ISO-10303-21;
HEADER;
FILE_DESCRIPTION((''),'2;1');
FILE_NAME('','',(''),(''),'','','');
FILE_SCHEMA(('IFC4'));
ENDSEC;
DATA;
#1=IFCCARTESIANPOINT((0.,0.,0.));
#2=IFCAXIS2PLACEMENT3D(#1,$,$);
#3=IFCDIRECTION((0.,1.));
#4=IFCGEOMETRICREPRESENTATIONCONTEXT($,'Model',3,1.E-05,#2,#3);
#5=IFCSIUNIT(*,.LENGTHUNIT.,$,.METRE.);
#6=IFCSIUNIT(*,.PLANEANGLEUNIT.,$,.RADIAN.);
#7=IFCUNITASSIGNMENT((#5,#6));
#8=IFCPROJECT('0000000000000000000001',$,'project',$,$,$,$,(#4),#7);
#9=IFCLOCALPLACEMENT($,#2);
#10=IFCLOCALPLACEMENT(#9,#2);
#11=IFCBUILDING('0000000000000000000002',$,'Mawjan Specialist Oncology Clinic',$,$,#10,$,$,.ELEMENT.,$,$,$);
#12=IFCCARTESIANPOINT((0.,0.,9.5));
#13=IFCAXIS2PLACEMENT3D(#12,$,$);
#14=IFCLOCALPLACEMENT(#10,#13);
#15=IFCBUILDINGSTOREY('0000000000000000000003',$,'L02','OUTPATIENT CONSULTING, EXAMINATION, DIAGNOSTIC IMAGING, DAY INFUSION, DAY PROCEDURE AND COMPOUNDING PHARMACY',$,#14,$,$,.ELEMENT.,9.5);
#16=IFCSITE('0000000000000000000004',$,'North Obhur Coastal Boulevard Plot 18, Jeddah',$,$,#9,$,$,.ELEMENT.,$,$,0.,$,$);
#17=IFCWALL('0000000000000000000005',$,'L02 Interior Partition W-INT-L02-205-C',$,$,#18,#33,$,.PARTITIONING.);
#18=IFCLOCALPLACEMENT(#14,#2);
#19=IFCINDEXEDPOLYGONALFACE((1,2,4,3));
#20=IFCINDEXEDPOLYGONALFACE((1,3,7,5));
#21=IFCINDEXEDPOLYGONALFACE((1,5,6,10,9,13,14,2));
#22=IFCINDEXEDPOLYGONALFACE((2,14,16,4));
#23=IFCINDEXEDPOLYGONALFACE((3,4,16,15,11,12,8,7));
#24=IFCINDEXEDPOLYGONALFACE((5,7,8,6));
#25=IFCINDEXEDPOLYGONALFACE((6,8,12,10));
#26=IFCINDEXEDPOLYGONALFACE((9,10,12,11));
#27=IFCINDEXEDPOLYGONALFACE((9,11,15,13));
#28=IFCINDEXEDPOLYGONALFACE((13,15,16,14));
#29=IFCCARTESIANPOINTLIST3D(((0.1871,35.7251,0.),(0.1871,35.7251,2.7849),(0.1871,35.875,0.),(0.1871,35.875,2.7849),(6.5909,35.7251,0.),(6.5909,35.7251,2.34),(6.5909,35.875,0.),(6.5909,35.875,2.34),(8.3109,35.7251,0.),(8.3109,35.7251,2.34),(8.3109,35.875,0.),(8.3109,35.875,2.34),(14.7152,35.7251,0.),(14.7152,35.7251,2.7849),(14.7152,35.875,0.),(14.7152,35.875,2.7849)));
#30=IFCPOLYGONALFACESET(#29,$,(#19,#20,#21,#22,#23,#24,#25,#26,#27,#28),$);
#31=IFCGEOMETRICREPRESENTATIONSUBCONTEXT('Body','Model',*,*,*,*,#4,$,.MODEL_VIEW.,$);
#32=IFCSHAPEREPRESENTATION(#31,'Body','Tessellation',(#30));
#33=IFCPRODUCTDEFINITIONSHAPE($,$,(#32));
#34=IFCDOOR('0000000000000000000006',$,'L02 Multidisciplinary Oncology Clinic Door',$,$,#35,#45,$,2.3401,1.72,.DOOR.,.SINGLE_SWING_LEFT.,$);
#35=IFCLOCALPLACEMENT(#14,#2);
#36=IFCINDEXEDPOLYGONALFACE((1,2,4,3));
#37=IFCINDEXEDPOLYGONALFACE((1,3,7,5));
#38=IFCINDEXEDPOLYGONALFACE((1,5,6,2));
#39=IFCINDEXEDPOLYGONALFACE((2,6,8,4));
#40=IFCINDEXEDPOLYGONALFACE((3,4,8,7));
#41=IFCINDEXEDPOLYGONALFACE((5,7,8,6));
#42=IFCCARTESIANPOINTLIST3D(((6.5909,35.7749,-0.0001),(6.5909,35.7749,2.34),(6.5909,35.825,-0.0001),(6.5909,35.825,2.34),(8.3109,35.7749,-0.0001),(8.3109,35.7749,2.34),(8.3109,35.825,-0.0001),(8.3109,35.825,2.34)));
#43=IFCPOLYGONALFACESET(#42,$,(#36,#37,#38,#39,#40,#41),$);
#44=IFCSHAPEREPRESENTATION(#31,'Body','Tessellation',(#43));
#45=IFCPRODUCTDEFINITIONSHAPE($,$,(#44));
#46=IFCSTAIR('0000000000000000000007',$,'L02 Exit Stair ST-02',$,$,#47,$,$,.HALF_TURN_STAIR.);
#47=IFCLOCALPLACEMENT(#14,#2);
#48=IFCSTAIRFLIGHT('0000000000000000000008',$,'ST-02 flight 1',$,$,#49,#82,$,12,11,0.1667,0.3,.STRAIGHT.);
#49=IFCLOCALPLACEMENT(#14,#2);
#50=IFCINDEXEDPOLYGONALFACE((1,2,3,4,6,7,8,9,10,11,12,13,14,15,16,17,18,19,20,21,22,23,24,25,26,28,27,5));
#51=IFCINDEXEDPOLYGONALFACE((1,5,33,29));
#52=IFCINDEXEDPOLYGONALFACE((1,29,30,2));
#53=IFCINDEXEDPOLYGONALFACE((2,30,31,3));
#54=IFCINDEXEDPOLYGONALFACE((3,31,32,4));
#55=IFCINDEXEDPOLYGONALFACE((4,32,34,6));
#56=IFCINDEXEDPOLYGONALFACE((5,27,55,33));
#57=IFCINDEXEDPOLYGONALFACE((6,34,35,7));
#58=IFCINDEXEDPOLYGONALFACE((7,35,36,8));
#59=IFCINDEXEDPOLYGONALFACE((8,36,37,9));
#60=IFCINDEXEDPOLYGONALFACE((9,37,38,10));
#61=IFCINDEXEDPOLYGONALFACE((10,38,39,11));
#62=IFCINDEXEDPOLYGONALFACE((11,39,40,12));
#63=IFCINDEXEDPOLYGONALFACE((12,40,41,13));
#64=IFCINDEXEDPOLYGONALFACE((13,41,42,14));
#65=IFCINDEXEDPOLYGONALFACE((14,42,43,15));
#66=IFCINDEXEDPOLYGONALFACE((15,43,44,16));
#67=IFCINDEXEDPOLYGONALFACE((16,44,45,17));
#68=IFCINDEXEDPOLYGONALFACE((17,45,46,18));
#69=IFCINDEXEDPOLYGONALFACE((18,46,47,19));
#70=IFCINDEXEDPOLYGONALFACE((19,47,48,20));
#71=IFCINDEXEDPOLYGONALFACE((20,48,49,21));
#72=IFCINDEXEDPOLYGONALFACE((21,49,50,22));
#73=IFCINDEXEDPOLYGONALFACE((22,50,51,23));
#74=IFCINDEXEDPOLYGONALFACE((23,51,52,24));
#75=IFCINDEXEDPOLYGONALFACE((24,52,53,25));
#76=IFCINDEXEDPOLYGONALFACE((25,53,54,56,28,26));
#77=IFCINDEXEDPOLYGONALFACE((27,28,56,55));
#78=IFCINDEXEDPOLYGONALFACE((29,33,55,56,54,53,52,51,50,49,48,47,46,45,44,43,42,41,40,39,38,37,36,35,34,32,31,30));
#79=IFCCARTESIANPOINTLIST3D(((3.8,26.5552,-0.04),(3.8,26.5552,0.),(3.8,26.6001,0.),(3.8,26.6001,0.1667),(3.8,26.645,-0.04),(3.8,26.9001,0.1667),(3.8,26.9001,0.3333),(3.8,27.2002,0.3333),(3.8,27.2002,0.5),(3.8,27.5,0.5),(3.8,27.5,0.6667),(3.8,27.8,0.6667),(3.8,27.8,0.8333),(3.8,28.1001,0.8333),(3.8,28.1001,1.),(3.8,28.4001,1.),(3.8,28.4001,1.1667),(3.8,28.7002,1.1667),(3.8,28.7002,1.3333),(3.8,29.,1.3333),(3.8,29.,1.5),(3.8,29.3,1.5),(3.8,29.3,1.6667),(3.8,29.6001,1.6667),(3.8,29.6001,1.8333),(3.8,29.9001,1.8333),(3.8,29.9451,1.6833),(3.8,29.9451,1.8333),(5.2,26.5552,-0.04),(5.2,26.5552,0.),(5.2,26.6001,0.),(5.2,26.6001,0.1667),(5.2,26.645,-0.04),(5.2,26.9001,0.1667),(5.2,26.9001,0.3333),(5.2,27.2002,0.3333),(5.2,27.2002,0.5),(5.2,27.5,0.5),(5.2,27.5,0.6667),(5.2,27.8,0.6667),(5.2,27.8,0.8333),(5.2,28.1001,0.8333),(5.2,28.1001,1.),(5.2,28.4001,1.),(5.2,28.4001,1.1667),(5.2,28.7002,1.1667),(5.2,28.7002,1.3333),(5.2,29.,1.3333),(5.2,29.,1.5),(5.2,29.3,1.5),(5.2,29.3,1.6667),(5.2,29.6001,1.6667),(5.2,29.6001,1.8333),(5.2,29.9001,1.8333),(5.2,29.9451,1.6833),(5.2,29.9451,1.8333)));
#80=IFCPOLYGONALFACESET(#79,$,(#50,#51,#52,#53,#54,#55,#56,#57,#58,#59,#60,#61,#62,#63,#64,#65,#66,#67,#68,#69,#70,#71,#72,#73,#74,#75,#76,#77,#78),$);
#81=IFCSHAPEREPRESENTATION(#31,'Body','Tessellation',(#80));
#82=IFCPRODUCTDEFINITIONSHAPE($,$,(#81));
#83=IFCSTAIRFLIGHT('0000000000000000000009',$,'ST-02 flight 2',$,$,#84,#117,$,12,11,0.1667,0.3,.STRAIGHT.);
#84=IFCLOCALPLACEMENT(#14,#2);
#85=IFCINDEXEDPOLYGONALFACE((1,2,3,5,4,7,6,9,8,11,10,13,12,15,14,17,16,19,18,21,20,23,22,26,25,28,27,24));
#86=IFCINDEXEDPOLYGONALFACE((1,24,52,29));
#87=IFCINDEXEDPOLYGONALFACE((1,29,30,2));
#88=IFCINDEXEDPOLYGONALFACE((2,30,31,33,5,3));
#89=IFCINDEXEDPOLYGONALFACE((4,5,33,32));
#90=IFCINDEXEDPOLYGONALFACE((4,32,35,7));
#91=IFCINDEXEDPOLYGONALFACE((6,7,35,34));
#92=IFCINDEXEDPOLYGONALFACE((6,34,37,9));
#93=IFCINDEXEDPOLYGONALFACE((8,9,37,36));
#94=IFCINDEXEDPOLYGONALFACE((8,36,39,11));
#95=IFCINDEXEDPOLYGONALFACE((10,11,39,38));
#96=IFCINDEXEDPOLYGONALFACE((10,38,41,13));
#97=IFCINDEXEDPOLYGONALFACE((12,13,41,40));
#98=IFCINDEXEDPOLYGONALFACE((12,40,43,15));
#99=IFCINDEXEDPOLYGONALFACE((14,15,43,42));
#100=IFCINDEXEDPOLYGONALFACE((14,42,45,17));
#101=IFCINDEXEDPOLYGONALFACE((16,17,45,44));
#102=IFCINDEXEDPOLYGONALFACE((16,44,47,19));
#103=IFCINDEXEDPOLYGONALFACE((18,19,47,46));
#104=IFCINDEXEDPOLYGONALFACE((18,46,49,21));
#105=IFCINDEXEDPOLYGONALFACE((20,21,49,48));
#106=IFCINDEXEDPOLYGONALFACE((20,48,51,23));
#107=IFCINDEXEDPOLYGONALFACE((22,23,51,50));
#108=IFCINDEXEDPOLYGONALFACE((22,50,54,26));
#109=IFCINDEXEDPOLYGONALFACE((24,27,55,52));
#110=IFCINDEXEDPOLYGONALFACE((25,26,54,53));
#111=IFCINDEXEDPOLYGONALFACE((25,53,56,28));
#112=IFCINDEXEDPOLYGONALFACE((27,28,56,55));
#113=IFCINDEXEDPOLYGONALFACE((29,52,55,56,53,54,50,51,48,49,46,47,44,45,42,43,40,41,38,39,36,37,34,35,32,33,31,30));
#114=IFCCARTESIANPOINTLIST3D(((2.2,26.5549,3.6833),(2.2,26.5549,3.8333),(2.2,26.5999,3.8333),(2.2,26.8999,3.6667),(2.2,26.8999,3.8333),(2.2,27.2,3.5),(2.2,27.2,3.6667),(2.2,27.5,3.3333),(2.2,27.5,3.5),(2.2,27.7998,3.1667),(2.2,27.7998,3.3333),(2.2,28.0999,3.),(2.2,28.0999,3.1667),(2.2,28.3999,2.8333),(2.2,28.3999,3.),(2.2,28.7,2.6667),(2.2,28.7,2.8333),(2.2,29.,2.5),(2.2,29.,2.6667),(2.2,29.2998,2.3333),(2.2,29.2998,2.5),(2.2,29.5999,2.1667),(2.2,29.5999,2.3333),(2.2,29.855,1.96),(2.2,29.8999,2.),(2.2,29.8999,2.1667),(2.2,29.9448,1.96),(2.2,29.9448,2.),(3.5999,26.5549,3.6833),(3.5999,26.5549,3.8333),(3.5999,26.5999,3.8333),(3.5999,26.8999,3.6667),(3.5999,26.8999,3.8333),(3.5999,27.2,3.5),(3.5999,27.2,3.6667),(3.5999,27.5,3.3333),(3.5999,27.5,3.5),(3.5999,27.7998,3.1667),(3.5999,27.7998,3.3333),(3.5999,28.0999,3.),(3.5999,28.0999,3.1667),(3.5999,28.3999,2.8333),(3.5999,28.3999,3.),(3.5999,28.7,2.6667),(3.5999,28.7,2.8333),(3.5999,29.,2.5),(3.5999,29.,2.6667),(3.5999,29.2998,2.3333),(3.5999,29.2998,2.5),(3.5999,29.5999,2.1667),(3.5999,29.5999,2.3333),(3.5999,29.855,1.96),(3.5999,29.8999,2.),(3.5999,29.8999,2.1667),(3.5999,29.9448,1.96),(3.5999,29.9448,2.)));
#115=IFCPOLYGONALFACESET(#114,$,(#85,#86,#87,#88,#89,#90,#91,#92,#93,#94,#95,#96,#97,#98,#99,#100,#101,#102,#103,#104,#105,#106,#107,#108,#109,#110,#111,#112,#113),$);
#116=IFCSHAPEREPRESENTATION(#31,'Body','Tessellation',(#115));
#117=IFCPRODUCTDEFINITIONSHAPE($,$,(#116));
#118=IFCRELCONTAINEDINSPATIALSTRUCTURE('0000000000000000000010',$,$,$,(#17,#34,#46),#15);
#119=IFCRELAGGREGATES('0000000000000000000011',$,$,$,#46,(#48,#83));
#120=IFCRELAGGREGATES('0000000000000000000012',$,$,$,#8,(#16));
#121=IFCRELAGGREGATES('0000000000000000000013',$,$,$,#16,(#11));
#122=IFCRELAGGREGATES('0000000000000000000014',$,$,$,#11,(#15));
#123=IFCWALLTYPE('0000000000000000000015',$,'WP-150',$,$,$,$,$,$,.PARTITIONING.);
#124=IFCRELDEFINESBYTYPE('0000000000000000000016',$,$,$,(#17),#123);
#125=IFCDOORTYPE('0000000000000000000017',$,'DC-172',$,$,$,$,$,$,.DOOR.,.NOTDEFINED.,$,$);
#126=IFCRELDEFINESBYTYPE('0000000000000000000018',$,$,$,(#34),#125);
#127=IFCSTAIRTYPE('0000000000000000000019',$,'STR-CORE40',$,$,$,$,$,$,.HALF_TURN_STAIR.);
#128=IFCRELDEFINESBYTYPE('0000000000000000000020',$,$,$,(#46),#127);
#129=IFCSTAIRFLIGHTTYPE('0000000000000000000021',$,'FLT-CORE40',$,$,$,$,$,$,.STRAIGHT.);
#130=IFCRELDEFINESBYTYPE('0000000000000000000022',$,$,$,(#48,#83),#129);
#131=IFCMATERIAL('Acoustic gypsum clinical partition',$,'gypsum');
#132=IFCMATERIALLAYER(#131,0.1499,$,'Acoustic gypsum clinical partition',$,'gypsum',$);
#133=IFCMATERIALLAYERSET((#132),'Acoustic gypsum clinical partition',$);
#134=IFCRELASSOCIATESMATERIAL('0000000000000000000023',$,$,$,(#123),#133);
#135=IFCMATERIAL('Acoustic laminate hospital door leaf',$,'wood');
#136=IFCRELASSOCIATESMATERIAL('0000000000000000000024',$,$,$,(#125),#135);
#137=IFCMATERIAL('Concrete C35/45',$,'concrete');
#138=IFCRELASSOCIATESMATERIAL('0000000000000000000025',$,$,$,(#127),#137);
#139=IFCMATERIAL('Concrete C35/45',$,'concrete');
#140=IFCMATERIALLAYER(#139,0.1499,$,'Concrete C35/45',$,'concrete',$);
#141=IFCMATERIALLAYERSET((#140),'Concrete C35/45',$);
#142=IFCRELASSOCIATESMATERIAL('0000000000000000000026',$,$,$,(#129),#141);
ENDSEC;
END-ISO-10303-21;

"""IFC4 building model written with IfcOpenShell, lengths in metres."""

from ifc_helpers import new_model, si_unit, direction, frame, frame_2d, origin, place, context, subcontext, project, spatial, polyline, rectangle, outline, extrude, material, layer, layer_set, type_object, element, fill, aggregate, save


model = new_model("IFC4")

# Units and contexts
model_context = context("Model", 3, precision=1e-05, world=origin(), true_north=direction((0.0, 1.0)))
body_context = subcontext(model_context, "Body", "Model", "MODEL_VIEW")
ifc_project = project(units=[si_unit("LENGTHUNIT", "METRE"), si_unit("PLANEANGLEUNIT", "RADIAN")], contexts=[model_context])

# Site, building, storey
site_placement = place(None, origin())
site = spatial("IfcSite", under=ifc_project, at=site_placement, Name="North Obhur Coastal Boulevard Plot 18, Jeddah", CompositionType="ELEMENT", RefElevation=0.0)
building_placement = place(site_placement, origin())
building = spatial("IfcBuilding", under=site, at=building_placement, Name="Mawjan Specialist Oncology Clinic", CompositionType="ELEMENT")
storey_placement = place(building_placement, frame((0.0, 0.0, 9.5)))
storey = spatial("IfcBuildingStorey", under=building, at=storey_placement, Name="L02", Description="OUTPATIENT CONSULTING, EXAMINATION, DIAGNOSTIC IMAGING, DAY INFUSION, DAY PROCEDURE AND COMPOUNDING PHARMACY", CompositionType="ELEMENT", Elevation=9.5)

# Wall, opening, door
ifc_material_1 = material(Name="Acoustic gypsum clinical partition", Category="gypsum")
ifc_layer_1 = layer(ifc_material_1, 0.1499, Name="Acoustic gypsum clinical partition", Category="gypsum")
ifc_layer_set_1 = layer_set([ifc_layer_1], Name="Acoustic gypsum clinical partition")
wall_type_1 = type_object("IfcWallType", Name="WP-150", PredefinedType="PARTITIONING", material=ifc_layer_set_1)
wall_1_placement = place(storey_placement, frame((0.187, 35.8, 0.0), z_axis=(0.0, 0.0, 1.0), x_axis=(1.0, 0.0, 0.0)))
wall_1 = element("IfcWall", 1, at=wall_1_placement, inside=storey, type_object=wall_type_1, Name="L02 Interior Partition W-INT-L02-205-C", PredefinedType="PARTITIONING", context=body_context, shape_type="SweptSolid", body=[
    extrude(rectangle(XDim=14.5281, YDim=0.1499, at=frame_2d((7.2642, 0.0))), origin(), (0.0, 0.0, 1.0), 2.7849),
])
opening_1_placement = place(wall_1_placement, frame((6.4041, 0.0, 0.0)))
opening_1 = element("IfcOpeningElement", 2, at=opening_1_placement, cuts=wall_1, PredefinedType="OPENING", context=body_context, shape_type="SweptSolid", body=[
    extrude(rectangle(XDim=1.72, YDim=2.3401, at=frame_2d((0.8599, 1.1699))), frame((0.0, 0.0869, 0.0), z_axis=(0.0, -1.0, 0.0), x_axis=(1.0, 0.0, 0.0)), (0.0, 0.0, 1.0), 0.1738),
])
ifc_material_2 = material(Name="Acoustic laminate hospital door leaf", Category="wood")
door_type_1 = type_object("IfcDoorType", Name="DC-172", OperationType="NOTDEFINED", PredefinedType="DOOR", material=ifc_material_2)
door_1_placement = place(opening_1_placement, origin())
door_1 = element("IfcDoor", 3, at=door_1_placement, inside=storey, type_object=door_type_1, Name="L02 Multidisciplinary Oncology Clinic Door", OperationType="SINGLE_SWING_LEFT", OverallHeight=2.3401, OverallWidth=1.72, PredefinedType="DOOR", context=body_context, shape_type="SweptSolid", body=[
    extrude(rectangle(XDim=1.72, YDim=2.3401, at=frame_2d((0.8599, 1.1699))), frame((0.0, 0.0249, 0.0), z_axis=(0.0, -1.0, 0.0), x_axis=(1.0, 0.0, 0.0)), (0.0, 0.0, 1.0), 0.05),
])
fill(opening_1, door_1)

# Stair, stair flights
ifc_material_3 = material(Name="Concrete C35/45", Category="concrete")
stair_type = type_object("IfcStairType", Name="STR-CORE40", PredefinedType="HALF_TURN_STAIR", material=ifc_material_3)
stair_placement = place(storey_placement, origin())
stair = element("IfcStair", 4, at=stair_placement, inside=storey, type_object=stair_type, Name="L02 Exit Stair ST-02", PredefinedType="HALF_TURN_STAIR")
ifc_material_4 = material(Name="Concrete C35/45", Category="concrete")
ifc_layer_2 = layer(ifc_material_4, 0.1499, Name="Concrete C35/45", Category="concrete")
ifc_layer_set_2 = layer_set([ifc_layer_2], Name="Concrete C35/45")
stair_flight_type = type_object("IfcStairFlightType", Name="FLT-CORE40", PredefinedType="STRAIGHT", material=ifc_layer_set_2)
stair_flight_1_placement = place(storey_placement, frame((4.5, 26.6001, 0.0), z_axis=(0.0, 0.0, 1.0), x_axis=(0.0, 1.0, 0.0)))
stair_flight_1 = element("IfcStairFlight", 5, at=stair_flight_1_placement, type_object=stair_flight_type, Name="ST-02 flight 1", NumberOfRisers=12, NumberOfTreads=11, PredefinedType="STRAIGHT", RiserHeight=0.1667, TreadLength=0.3, context=body_context, shape_type="SweptSolid", body=[
    extrude(outline(polyline([(-0.0449, -0.04), (-0.0449, 0.0), (0.0, 0.0), (0.0, 0.1667), (0.3, 0.1667), (0.3, 0.3333), (0.6001, 0.3333), (0.6001, 0.5), (0.8999, 0.5), (0.8999, 0.6667), (1.2, 0.6667), (1.2, 0.8333), (1.5, 0.8333), (1.5, 1.0), (1.8, 1.0), (1.8, 1.1667), (2.1001, 1.1667), (2.1001, 1.3333), (2.3999, 1.3333), (2.3999, 1.5), (2.7, 1.5), (2.7, 1.6667), (3.0, 1.6667), (3.0, 1.8333), (3.3, 1.8333), (3.345, 1.8333), (3.345, 1.6833), (0.0449, -0.04), (-0.0449, -0.04)])), frame((0.0, 0.7, 0.0), z_axis=(0.0, -1.0, 0.0), x_axis=(1.0, 0.0, 0.0)), (0.0, 0.0, 1.0), 1.3999),
])
stair_flight_2_placement = place(storey_placement, frame((2.8999, 29.8999, 2.0), z_axis=(0.0, 0.0, 1.0), x_axis=(0.0, -1.0, 0.0)))
stair_flight_2 = element("IfcStairFlight", 6, at=stair_flight_2_placement, type_object=stair_flight_type, Name="ST-02 flight 2", NumberOfRisers=12, NumberOfTreads=11, PredefinedType="STRAIGHT", RiserHeight=0.1667, TreadLength=0.3, context=body_context, shape_type="SweptSolid", body=[
    extrude(outline(polyline([(-0.0449, -0.04), (-0.0449, 0.0), (0.0, 0.0), (0.0, 0.1667), (0.3, 0.1667), (0.3, 0.3333), (0.6001, 0.3333), (0.6001, 0.5), (0.8999, 0.5), (0.8999, 0.6667), (1.2, 0.6667), (1.2, 0.8333), (1.5, 0.8333), (1.5, 1.0), (1.8, 1.0), (1.8, 1.1667), (2.1001, 1.1667), (2.1001, 1.3333), (2.3999, 1.3333), (2.3999, 1.5), (2.7, 1.5), (2.7, 1.6667), (3.0, 1.6667), (3.0, 1.8333), (3.3, 1.8333), (3.345, 1.8333), (3.345, 1.6833), (0.0449, -0.04), (-0.0449, -0.04)])), frame((0.0, 0.7, 0.0), z_axis=(0.0, -1.0, 0.0), x_axis=(1.0, 0.0, 0.0)), (0.0, 0.0, 1.0), 1.3999),
])
aggregate(stair, [stair_flight_1, stair_flight_2])

save(model, "model.ifc")
